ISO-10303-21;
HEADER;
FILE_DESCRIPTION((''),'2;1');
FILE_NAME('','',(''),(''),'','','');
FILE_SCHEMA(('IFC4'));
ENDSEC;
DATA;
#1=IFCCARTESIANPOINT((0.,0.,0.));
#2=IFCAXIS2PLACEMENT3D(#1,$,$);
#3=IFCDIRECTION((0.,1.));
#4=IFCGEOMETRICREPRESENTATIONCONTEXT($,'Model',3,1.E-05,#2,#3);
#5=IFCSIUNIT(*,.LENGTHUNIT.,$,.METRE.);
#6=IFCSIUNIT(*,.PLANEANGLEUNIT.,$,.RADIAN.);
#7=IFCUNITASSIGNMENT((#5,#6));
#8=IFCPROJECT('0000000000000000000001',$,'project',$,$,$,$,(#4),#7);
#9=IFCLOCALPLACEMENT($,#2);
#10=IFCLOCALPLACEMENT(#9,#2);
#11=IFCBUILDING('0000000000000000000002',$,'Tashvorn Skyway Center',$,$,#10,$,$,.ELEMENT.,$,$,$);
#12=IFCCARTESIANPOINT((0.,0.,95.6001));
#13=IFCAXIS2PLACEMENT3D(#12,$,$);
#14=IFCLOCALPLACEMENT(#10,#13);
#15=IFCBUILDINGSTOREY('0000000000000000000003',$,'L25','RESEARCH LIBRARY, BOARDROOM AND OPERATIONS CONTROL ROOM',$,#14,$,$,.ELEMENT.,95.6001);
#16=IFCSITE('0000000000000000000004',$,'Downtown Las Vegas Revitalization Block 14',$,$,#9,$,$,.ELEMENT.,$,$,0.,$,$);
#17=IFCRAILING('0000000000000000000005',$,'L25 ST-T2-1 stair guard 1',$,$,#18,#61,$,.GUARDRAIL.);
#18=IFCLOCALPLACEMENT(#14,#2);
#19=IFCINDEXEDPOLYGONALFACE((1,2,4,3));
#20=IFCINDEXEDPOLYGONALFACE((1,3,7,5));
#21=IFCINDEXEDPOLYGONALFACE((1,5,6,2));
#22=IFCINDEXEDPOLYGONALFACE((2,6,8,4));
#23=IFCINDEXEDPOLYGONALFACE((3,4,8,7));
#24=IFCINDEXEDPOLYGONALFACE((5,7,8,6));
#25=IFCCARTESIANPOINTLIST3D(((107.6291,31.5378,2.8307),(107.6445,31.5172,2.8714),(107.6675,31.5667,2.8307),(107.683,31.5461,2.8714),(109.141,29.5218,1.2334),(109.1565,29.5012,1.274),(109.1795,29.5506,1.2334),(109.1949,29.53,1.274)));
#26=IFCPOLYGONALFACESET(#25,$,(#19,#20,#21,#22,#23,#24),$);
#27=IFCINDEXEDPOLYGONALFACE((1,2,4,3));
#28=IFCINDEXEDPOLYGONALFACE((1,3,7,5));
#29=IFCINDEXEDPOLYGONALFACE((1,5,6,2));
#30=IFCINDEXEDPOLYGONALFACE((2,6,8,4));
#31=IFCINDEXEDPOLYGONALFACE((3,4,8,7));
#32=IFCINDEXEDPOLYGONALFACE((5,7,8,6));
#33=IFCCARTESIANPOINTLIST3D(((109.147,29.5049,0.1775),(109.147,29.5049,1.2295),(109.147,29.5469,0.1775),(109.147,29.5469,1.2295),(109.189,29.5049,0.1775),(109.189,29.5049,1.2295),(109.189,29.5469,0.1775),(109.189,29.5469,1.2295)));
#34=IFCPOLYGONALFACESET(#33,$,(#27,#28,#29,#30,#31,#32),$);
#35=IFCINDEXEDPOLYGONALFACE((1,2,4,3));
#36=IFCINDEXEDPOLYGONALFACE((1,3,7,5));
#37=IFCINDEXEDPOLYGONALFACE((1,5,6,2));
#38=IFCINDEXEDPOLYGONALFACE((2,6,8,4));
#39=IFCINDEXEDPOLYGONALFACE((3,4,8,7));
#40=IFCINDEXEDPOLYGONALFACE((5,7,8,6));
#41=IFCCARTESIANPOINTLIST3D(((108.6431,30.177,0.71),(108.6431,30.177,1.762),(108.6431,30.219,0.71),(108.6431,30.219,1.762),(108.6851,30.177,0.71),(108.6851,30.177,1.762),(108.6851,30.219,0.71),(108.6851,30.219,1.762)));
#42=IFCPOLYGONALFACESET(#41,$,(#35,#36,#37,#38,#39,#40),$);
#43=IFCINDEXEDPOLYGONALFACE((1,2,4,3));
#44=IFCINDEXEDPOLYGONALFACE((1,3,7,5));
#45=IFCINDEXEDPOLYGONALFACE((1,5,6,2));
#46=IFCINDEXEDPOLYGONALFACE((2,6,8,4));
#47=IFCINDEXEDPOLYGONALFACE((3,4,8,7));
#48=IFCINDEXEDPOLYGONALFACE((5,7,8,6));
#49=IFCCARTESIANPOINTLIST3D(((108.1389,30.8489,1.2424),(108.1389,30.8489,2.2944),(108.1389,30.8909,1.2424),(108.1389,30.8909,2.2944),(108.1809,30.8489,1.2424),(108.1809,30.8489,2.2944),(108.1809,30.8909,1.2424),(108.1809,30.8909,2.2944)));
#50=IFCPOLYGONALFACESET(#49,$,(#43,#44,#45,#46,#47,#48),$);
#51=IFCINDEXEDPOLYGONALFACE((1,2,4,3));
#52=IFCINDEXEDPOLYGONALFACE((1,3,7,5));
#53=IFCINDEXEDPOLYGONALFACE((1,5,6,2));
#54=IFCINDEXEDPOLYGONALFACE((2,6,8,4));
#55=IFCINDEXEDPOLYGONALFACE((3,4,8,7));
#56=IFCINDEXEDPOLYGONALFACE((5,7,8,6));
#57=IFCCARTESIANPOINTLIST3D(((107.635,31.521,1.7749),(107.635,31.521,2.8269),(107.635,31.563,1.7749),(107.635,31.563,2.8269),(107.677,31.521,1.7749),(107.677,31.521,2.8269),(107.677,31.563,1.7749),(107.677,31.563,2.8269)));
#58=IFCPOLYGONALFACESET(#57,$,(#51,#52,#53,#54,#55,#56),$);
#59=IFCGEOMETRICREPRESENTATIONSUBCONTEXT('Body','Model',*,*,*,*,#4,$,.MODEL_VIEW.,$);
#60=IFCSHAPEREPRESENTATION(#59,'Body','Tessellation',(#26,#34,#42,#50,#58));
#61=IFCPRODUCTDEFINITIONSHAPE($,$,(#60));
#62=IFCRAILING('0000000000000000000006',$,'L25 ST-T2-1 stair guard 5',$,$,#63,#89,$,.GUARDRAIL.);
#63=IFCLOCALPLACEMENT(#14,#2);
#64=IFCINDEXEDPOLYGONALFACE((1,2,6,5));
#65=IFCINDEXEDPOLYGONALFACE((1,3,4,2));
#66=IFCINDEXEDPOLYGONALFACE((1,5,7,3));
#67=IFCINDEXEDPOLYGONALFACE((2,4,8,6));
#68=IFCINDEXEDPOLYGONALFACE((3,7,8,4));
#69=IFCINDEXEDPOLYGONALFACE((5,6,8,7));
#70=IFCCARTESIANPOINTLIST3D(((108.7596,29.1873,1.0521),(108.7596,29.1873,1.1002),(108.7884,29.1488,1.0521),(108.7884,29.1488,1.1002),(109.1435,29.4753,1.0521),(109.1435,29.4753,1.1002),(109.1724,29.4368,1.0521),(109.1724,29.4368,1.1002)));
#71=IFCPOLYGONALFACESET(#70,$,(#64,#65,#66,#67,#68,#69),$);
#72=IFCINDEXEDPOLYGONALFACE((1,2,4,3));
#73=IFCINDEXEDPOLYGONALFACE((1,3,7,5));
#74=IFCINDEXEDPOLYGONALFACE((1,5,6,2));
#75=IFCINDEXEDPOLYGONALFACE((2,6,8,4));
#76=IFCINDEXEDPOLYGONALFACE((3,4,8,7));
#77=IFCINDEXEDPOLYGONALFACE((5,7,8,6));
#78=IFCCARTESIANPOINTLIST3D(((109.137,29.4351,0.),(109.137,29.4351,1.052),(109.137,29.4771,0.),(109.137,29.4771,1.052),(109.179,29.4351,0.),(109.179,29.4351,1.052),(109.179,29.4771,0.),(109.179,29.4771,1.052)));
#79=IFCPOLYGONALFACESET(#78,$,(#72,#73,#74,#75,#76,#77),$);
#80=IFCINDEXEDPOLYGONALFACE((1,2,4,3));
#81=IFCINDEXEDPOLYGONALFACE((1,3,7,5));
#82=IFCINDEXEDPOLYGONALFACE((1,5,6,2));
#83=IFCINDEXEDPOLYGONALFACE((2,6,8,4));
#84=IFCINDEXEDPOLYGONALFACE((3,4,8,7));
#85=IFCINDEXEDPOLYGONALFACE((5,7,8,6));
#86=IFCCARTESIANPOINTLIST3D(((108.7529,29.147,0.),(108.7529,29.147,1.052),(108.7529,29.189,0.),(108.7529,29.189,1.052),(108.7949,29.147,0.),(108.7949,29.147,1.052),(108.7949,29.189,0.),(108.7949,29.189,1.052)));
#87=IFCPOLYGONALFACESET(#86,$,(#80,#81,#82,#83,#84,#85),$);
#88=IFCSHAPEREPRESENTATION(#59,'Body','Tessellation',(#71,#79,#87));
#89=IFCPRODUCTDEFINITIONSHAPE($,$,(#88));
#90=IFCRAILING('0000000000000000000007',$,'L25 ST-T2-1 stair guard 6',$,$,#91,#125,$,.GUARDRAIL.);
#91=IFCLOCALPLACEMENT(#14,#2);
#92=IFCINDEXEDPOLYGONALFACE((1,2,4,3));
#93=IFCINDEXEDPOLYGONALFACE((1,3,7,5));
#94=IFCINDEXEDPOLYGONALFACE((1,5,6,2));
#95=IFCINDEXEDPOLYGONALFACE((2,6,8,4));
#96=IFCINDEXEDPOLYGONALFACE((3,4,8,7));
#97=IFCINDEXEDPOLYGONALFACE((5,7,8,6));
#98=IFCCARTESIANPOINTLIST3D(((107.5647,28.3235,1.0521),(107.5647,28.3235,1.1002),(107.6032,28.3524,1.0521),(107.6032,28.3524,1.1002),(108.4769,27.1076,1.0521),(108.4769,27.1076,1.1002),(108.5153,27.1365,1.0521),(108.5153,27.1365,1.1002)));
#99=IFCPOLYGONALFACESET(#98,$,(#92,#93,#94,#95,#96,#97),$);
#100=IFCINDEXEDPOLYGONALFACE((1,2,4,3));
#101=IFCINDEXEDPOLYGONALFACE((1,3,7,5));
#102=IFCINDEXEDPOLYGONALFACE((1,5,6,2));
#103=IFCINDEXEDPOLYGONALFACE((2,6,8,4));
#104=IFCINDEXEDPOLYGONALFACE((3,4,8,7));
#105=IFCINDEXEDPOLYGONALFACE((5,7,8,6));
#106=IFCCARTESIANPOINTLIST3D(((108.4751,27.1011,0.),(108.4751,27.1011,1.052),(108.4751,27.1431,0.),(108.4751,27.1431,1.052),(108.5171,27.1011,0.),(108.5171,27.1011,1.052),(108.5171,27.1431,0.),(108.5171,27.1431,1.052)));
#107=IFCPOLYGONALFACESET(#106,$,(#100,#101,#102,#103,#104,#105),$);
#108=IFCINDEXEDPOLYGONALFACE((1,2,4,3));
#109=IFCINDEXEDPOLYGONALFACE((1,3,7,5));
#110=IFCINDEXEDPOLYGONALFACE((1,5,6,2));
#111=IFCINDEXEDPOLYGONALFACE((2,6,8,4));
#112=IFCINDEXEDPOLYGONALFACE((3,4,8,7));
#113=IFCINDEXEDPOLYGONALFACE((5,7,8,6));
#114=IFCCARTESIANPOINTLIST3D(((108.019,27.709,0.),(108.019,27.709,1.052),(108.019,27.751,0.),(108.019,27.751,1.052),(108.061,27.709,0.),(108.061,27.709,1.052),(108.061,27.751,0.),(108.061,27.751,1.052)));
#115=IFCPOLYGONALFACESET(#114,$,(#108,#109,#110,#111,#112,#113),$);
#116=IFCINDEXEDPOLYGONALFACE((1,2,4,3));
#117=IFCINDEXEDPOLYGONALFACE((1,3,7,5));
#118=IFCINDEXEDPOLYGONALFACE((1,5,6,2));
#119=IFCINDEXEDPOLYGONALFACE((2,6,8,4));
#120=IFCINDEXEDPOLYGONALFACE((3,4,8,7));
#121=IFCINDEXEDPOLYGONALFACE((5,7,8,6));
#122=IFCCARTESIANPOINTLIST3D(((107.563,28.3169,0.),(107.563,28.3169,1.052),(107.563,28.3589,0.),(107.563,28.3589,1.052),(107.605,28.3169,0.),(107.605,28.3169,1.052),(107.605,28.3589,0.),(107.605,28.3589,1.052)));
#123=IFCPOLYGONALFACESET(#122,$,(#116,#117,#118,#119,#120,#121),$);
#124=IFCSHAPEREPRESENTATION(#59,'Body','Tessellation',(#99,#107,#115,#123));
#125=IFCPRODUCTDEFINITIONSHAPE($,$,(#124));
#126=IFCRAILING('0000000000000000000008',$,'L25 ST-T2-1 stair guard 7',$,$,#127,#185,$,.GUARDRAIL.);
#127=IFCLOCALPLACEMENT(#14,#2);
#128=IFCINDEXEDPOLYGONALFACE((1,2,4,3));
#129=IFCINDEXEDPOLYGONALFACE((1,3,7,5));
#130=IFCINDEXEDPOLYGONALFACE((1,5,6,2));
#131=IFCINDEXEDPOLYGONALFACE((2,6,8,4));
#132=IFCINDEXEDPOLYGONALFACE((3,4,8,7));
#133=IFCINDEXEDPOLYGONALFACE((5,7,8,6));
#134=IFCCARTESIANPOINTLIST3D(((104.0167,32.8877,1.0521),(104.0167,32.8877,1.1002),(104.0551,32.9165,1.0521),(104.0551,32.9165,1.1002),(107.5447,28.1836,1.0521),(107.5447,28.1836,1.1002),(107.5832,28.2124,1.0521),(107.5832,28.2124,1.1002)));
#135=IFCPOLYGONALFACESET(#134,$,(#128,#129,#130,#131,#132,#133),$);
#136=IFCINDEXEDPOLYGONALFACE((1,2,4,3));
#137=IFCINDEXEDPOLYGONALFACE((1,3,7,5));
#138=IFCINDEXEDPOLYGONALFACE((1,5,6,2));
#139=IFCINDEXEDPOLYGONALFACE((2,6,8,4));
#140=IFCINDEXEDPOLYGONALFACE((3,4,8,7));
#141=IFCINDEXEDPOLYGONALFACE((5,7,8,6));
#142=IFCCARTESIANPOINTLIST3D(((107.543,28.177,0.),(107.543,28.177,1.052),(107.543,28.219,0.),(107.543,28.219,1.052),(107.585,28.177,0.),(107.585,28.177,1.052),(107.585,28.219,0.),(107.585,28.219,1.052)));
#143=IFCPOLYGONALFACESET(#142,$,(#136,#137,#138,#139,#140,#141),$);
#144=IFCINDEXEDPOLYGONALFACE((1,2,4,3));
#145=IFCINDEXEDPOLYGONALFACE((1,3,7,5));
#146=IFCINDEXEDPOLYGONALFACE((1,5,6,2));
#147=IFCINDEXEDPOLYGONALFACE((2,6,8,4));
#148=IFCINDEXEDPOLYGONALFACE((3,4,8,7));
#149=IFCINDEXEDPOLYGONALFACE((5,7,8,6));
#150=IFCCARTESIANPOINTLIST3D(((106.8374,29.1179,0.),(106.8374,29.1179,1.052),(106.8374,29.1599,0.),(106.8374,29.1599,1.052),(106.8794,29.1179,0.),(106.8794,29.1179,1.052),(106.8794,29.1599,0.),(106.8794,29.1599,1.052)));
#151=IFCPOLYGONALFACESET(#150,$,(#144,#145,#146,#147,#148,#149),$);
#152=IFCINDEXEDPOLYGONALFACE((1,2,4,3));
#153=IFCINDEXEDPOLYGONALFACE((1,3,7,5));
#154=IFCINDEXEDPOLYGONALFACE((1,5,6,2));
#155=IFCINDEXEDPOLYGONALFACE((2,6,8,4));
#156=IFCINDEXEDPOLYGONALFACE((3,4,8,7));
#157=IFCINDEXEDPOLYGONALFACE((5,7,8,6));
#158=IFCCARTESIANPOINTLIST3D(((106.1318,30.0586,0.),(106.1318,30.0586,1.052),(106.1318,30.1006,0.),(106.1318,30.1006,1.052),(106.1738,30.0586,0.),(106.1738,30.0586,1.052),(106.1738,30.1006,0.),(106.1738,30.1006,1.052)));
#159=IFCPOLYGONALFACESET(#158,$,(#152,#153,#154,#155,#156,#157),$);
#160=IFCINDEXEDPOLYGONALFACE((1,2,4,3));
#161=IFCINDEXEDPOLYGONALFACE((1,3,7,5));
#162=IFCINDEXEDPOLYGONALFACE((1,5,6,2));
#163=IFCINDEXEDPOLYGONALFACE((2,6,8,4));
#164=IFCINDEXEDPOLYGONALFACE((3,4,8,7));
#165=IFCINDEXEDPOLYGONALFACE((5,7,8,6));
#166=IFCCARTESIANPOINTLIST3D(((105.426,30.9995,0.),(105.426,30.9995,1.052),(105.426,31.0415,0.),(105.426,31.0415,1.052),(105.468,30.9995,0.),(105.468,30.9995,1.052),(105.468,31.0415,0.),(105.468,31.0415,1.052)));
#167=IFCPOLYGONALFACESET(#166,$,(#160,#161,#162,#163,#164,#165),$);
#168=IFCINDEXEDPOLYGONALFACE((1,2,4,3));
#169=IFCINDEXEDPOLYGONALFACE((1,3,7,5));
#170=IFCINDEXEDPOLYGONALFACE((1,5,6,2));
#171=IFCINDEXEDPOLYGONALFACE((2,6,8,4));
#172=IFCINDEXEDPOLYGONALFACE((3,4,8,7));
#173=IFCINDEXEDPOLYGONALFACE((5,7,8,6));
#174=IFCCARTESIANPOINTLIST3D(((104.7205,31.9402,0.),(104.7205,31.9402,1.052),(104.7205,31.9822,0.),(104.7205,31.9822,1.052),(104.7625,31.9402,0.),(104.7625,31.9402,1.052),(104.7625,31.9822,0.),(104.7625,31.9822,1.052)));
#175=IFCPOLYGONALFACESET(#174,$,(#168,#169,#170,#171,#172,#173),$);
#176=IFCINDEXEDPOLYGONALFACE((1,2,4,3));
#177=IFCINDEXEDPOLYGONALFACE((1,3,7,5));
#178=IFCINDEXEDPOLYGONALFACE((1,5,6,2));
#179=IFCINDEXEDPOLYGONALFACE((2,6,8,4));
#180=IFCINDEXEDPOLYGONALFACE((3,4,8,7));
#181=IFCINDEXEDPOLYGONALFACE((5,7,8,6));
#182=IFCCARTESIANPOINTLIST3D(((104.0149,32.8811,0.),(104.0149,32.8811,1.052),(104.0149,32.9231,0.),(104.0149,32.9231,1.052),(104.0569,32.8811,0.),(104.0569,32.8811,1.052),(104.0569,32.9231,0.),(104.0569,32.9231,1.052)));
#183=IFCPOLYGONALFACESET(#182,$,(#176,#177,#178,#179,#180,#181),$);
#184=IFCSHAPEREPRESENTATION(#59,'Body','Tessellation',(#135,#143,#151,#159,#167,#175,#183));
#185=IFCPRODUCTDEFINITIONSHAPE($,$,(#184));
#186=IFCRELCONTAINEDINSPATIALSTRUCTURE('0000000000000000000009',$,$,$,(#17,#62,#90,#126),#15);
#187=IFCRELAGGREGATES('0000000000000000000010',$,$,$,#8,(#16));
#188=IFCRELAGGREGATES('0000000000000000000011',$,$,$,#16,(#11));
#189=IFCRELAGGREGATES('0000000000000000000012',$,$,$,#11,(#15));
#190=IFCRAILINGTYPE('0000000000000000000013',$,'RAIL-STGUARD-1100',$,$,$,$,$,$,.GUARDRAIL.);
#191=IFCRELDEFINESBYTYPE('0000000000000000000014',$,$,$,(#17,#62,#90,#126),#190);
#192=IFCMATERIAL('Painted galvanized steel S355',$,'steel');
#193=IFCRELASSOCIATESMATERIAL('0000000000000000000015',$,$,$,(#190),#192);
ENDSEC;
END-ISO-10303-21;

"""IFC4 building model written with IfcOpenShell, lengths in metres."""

from ifc_helpers import new_model, si_unit, direction, frame, origin, origin_2d, place, context, subcontext, project, spatial, rectangle, extrude, material, type_object, element, save


model = new_model("IFC4")

# Units and contexts
model_context = context("Model", 3, precision=1e-05, world=origin(), true_north=direction((0.0, 1.0)))
body_context = subcontext(model_context, "Body", "Model", "MODEL_VIEW")
ifc_project = project(units=[si_unit("LENGTHUNIT", "METRE"), si_unit("PLANEANGLEUNIT", "RADIAN")], contexts=[model_context])

# Site, building, storey
site_placement = place(None, origin())
site = spatial("IfcSite", under=ifc_project, at=site_placement, Name="Downtown Las Vegas Revitalization Block 14", CompositionType="ELEMENT", RefElevation=0.0)
building_placement = place(site_placement, origin())
building = spatial("IfcBuilding", under=site, at=building_placement, Name="Tashvorn Skyway Center", CompositionType="ELEMENT")
storey_placement = place(building_placement, frame((0.0, 0.0, 95.6001)))
storey = spatial("IfcBuildingStorey", under=building, at=storey_placement, Name="L25", Description="RESEARCH LIBRARY, BOARDROOM AND OPERATIONS CONTROL ROOM", CompositionType="ELEMENT", Elevation=95.6001)

# Railings
ifc_material_1 = material(Name="Painted galvanized steel S355", Category="steel")
railing_type_1 = type_object("IfcRailingType", Name="RAIL-STGUARD-1100", PredefinedType="GUARDRAIL", material=ifc_material_1)
railing_1_placement = place(storey_placement, frame((109.168, 29.5259, 0.1775)))
element("IfcRailing", 1, at=railing_1_placement, inside=storey, type_object=railing_type_1, Name="L25 ST-T2-1 stair guard 1", PredefinedType="GUARDRAIL", context=body_context, shape_type="SweptSolid", body=[
    extrude(rectangle(XDim=0.0481, YDim=0.0481, at=origin_2d()), frame((0.0, 0.0, 1.0762), z_axis=(-0.506741, 0.675709, 0.535379), x_axis=(-0.800023, -0.599969, 0.0)), (0.0, 0.0, 1.0), 2.9836),
    extrude(rectangle(XDim=0.042, YDim=0.042, at=origin_2d()), origin(), (0.0, 0.0, 1.0), 1.052),
    extrude(rectangle(XDim=0.042, YDim=0.042, at=origin_2d()), frame((-0.5039, 0.6721, 0.5325)), (0.0, 0.0, 1.0), 1.052),
    extrude(rectangle(XDim=0.042, YDim=0.042, at=origin_2d()), frame((-1.0081, 1.344, 1.0649)), (0.0, 0.0, 1.0), 1.052),
    extrude(rectangle(XDim=0.042, YDim=0.042, at=origin_2d()), frame((-1.512, 2.0161, 1.5974)), (0.0, 0.0, 1.0), 1.052),
])
railing_2_placement = place(storey_placement, frame((109.158, 29.4561, 0.0)))
element("IfcRailing", 2, at=railing_2_placement, inside=storey, type_object=railing_type_1, Name="L25 ST-T2-1 stair guard 5", PredefinedType="GUARDRAIL", context=body_context, shape_type="SweptSolid", body=[
    extrude(rectangle(XDim=0.0481, YDim=0.0481, at=origin_2d()), frame((0.0, 0.0, 1.0762), z_axis=(-0.799939, -0.600081, 0.0), x_axis=(0.600081, -0.799939, 0.0)), (0.0, 0.0, 1.0), 0.48),
    extrude(rectangle(XDim=0.042, YDim=0.042, at=origin_2d()), origin(), (0.0, 0.0, 1.0), 1.052),
    extrude(rectangle(XDim=0.042, YDim=0.042, at=origin_2d()), frame((-0.384, -0.2881, 0.0)), (0.0, 0.0, 1.0), 1.052),
])
railing_3_placement = place(storey_placement, frame((108.4961, 27.1221, 0.0)))
element("IfcRailing", 3, at=railing_3_placement, inside=storey, type_object=railing_type_1, Name="L25 ST-T2-1 stair guard 6", PredefinedType="GUARDRAIL", context=body_context, shape_type="SweptSolid", body=[
    extrude(rectangle(XDim=0.0481, YDim=0.0481, at=origin_2d()), frame((0.0, 0.0, 1.0762), z_axis=(-0.600103, 0.799923, 0.0), x_axis=(-0.799923, -0.600103, 0.0)), (0.0, 0.0, 1.0), 1.52),
    extrude(rectangle(XDim=0.042, YDim=0.042, at=origin_2d()), origin(), (0.0, 0.0, 1.0), 1.052),
    extrude(rectangle(XDim=0.042, YDim=0.042, at=origin_2d()), frame((-0.4561, 0.6079, 0.0)), (0.0, 0.0, 1.0), 1.052),
    extrude(rectangle(XDim=0.042, YDim=0.042, at=origin_2d()), frame((-0.9121, 1.2158, 0.0)), (0.0, 0.0, 1.0), 1.052),
])
railing_4_placement = place(storey_placement, frame((107.564, 28.198, 0.0)))
element("IfcRailing", 4, at=railing_4_placement, inside=storey, type_object=railing_type_1, Name="L25 ST-T2-1 stair guard 7", PredefinedType="GUARDRAIL", context=body_context, shape_type="SweptSolid", body=[
    extrude(rectangle(XDim=0.0481, YDim=0.0481, at=origin_2d()), frame((0.0, 0.0, 1.0762), z_axis=(-0.6, 0.8, 0.0), x_axis=(-0.8, -0.6, 0.0)), (0.0, 0.0, 1.0), 5.8801),
    extrude(rectangle(XDim=0.042, YDim=0.042, at=origin_2d()), origin(), (0.0, 0.0, 1.0), 1.052),
    extrude(rectangle(XDim=0.042, YDim=0.042, at=origin_2d()), frame((-0.7056, 0.9409, 0.0)), (0.0, 0.0, 1.0), 1.052),
    extrude(rectangle(XDim=0.042, YDim=0.042, at=origin_2d()), frame((-1.4111, 1.8816, 0.0)), (0.0, 0.0, 1.0), 1.052),
    extrude(rectangle(XDim=0.042, YDim=0.042, at=origin_2d()), frame((-2.1169, 2.8225, 0.0)), (0.0, 0.0, 1.0), 1.052),
    extrude(rectangle(XDim=0.042, YDim=0.042, at=origin_2d()), frame((-2.8225, 3.7632, 0.0)), (0.0, 0.0, 1.0), 1.052),
    extrude(rectangle(XDim=0.042, YDim=0.042, at=origin_2d()), frame((-3.5281, 4.7041, 0.0)), (0.0, 0.0, 1.0), 1.052),
])

save(model, "model.ifc")
